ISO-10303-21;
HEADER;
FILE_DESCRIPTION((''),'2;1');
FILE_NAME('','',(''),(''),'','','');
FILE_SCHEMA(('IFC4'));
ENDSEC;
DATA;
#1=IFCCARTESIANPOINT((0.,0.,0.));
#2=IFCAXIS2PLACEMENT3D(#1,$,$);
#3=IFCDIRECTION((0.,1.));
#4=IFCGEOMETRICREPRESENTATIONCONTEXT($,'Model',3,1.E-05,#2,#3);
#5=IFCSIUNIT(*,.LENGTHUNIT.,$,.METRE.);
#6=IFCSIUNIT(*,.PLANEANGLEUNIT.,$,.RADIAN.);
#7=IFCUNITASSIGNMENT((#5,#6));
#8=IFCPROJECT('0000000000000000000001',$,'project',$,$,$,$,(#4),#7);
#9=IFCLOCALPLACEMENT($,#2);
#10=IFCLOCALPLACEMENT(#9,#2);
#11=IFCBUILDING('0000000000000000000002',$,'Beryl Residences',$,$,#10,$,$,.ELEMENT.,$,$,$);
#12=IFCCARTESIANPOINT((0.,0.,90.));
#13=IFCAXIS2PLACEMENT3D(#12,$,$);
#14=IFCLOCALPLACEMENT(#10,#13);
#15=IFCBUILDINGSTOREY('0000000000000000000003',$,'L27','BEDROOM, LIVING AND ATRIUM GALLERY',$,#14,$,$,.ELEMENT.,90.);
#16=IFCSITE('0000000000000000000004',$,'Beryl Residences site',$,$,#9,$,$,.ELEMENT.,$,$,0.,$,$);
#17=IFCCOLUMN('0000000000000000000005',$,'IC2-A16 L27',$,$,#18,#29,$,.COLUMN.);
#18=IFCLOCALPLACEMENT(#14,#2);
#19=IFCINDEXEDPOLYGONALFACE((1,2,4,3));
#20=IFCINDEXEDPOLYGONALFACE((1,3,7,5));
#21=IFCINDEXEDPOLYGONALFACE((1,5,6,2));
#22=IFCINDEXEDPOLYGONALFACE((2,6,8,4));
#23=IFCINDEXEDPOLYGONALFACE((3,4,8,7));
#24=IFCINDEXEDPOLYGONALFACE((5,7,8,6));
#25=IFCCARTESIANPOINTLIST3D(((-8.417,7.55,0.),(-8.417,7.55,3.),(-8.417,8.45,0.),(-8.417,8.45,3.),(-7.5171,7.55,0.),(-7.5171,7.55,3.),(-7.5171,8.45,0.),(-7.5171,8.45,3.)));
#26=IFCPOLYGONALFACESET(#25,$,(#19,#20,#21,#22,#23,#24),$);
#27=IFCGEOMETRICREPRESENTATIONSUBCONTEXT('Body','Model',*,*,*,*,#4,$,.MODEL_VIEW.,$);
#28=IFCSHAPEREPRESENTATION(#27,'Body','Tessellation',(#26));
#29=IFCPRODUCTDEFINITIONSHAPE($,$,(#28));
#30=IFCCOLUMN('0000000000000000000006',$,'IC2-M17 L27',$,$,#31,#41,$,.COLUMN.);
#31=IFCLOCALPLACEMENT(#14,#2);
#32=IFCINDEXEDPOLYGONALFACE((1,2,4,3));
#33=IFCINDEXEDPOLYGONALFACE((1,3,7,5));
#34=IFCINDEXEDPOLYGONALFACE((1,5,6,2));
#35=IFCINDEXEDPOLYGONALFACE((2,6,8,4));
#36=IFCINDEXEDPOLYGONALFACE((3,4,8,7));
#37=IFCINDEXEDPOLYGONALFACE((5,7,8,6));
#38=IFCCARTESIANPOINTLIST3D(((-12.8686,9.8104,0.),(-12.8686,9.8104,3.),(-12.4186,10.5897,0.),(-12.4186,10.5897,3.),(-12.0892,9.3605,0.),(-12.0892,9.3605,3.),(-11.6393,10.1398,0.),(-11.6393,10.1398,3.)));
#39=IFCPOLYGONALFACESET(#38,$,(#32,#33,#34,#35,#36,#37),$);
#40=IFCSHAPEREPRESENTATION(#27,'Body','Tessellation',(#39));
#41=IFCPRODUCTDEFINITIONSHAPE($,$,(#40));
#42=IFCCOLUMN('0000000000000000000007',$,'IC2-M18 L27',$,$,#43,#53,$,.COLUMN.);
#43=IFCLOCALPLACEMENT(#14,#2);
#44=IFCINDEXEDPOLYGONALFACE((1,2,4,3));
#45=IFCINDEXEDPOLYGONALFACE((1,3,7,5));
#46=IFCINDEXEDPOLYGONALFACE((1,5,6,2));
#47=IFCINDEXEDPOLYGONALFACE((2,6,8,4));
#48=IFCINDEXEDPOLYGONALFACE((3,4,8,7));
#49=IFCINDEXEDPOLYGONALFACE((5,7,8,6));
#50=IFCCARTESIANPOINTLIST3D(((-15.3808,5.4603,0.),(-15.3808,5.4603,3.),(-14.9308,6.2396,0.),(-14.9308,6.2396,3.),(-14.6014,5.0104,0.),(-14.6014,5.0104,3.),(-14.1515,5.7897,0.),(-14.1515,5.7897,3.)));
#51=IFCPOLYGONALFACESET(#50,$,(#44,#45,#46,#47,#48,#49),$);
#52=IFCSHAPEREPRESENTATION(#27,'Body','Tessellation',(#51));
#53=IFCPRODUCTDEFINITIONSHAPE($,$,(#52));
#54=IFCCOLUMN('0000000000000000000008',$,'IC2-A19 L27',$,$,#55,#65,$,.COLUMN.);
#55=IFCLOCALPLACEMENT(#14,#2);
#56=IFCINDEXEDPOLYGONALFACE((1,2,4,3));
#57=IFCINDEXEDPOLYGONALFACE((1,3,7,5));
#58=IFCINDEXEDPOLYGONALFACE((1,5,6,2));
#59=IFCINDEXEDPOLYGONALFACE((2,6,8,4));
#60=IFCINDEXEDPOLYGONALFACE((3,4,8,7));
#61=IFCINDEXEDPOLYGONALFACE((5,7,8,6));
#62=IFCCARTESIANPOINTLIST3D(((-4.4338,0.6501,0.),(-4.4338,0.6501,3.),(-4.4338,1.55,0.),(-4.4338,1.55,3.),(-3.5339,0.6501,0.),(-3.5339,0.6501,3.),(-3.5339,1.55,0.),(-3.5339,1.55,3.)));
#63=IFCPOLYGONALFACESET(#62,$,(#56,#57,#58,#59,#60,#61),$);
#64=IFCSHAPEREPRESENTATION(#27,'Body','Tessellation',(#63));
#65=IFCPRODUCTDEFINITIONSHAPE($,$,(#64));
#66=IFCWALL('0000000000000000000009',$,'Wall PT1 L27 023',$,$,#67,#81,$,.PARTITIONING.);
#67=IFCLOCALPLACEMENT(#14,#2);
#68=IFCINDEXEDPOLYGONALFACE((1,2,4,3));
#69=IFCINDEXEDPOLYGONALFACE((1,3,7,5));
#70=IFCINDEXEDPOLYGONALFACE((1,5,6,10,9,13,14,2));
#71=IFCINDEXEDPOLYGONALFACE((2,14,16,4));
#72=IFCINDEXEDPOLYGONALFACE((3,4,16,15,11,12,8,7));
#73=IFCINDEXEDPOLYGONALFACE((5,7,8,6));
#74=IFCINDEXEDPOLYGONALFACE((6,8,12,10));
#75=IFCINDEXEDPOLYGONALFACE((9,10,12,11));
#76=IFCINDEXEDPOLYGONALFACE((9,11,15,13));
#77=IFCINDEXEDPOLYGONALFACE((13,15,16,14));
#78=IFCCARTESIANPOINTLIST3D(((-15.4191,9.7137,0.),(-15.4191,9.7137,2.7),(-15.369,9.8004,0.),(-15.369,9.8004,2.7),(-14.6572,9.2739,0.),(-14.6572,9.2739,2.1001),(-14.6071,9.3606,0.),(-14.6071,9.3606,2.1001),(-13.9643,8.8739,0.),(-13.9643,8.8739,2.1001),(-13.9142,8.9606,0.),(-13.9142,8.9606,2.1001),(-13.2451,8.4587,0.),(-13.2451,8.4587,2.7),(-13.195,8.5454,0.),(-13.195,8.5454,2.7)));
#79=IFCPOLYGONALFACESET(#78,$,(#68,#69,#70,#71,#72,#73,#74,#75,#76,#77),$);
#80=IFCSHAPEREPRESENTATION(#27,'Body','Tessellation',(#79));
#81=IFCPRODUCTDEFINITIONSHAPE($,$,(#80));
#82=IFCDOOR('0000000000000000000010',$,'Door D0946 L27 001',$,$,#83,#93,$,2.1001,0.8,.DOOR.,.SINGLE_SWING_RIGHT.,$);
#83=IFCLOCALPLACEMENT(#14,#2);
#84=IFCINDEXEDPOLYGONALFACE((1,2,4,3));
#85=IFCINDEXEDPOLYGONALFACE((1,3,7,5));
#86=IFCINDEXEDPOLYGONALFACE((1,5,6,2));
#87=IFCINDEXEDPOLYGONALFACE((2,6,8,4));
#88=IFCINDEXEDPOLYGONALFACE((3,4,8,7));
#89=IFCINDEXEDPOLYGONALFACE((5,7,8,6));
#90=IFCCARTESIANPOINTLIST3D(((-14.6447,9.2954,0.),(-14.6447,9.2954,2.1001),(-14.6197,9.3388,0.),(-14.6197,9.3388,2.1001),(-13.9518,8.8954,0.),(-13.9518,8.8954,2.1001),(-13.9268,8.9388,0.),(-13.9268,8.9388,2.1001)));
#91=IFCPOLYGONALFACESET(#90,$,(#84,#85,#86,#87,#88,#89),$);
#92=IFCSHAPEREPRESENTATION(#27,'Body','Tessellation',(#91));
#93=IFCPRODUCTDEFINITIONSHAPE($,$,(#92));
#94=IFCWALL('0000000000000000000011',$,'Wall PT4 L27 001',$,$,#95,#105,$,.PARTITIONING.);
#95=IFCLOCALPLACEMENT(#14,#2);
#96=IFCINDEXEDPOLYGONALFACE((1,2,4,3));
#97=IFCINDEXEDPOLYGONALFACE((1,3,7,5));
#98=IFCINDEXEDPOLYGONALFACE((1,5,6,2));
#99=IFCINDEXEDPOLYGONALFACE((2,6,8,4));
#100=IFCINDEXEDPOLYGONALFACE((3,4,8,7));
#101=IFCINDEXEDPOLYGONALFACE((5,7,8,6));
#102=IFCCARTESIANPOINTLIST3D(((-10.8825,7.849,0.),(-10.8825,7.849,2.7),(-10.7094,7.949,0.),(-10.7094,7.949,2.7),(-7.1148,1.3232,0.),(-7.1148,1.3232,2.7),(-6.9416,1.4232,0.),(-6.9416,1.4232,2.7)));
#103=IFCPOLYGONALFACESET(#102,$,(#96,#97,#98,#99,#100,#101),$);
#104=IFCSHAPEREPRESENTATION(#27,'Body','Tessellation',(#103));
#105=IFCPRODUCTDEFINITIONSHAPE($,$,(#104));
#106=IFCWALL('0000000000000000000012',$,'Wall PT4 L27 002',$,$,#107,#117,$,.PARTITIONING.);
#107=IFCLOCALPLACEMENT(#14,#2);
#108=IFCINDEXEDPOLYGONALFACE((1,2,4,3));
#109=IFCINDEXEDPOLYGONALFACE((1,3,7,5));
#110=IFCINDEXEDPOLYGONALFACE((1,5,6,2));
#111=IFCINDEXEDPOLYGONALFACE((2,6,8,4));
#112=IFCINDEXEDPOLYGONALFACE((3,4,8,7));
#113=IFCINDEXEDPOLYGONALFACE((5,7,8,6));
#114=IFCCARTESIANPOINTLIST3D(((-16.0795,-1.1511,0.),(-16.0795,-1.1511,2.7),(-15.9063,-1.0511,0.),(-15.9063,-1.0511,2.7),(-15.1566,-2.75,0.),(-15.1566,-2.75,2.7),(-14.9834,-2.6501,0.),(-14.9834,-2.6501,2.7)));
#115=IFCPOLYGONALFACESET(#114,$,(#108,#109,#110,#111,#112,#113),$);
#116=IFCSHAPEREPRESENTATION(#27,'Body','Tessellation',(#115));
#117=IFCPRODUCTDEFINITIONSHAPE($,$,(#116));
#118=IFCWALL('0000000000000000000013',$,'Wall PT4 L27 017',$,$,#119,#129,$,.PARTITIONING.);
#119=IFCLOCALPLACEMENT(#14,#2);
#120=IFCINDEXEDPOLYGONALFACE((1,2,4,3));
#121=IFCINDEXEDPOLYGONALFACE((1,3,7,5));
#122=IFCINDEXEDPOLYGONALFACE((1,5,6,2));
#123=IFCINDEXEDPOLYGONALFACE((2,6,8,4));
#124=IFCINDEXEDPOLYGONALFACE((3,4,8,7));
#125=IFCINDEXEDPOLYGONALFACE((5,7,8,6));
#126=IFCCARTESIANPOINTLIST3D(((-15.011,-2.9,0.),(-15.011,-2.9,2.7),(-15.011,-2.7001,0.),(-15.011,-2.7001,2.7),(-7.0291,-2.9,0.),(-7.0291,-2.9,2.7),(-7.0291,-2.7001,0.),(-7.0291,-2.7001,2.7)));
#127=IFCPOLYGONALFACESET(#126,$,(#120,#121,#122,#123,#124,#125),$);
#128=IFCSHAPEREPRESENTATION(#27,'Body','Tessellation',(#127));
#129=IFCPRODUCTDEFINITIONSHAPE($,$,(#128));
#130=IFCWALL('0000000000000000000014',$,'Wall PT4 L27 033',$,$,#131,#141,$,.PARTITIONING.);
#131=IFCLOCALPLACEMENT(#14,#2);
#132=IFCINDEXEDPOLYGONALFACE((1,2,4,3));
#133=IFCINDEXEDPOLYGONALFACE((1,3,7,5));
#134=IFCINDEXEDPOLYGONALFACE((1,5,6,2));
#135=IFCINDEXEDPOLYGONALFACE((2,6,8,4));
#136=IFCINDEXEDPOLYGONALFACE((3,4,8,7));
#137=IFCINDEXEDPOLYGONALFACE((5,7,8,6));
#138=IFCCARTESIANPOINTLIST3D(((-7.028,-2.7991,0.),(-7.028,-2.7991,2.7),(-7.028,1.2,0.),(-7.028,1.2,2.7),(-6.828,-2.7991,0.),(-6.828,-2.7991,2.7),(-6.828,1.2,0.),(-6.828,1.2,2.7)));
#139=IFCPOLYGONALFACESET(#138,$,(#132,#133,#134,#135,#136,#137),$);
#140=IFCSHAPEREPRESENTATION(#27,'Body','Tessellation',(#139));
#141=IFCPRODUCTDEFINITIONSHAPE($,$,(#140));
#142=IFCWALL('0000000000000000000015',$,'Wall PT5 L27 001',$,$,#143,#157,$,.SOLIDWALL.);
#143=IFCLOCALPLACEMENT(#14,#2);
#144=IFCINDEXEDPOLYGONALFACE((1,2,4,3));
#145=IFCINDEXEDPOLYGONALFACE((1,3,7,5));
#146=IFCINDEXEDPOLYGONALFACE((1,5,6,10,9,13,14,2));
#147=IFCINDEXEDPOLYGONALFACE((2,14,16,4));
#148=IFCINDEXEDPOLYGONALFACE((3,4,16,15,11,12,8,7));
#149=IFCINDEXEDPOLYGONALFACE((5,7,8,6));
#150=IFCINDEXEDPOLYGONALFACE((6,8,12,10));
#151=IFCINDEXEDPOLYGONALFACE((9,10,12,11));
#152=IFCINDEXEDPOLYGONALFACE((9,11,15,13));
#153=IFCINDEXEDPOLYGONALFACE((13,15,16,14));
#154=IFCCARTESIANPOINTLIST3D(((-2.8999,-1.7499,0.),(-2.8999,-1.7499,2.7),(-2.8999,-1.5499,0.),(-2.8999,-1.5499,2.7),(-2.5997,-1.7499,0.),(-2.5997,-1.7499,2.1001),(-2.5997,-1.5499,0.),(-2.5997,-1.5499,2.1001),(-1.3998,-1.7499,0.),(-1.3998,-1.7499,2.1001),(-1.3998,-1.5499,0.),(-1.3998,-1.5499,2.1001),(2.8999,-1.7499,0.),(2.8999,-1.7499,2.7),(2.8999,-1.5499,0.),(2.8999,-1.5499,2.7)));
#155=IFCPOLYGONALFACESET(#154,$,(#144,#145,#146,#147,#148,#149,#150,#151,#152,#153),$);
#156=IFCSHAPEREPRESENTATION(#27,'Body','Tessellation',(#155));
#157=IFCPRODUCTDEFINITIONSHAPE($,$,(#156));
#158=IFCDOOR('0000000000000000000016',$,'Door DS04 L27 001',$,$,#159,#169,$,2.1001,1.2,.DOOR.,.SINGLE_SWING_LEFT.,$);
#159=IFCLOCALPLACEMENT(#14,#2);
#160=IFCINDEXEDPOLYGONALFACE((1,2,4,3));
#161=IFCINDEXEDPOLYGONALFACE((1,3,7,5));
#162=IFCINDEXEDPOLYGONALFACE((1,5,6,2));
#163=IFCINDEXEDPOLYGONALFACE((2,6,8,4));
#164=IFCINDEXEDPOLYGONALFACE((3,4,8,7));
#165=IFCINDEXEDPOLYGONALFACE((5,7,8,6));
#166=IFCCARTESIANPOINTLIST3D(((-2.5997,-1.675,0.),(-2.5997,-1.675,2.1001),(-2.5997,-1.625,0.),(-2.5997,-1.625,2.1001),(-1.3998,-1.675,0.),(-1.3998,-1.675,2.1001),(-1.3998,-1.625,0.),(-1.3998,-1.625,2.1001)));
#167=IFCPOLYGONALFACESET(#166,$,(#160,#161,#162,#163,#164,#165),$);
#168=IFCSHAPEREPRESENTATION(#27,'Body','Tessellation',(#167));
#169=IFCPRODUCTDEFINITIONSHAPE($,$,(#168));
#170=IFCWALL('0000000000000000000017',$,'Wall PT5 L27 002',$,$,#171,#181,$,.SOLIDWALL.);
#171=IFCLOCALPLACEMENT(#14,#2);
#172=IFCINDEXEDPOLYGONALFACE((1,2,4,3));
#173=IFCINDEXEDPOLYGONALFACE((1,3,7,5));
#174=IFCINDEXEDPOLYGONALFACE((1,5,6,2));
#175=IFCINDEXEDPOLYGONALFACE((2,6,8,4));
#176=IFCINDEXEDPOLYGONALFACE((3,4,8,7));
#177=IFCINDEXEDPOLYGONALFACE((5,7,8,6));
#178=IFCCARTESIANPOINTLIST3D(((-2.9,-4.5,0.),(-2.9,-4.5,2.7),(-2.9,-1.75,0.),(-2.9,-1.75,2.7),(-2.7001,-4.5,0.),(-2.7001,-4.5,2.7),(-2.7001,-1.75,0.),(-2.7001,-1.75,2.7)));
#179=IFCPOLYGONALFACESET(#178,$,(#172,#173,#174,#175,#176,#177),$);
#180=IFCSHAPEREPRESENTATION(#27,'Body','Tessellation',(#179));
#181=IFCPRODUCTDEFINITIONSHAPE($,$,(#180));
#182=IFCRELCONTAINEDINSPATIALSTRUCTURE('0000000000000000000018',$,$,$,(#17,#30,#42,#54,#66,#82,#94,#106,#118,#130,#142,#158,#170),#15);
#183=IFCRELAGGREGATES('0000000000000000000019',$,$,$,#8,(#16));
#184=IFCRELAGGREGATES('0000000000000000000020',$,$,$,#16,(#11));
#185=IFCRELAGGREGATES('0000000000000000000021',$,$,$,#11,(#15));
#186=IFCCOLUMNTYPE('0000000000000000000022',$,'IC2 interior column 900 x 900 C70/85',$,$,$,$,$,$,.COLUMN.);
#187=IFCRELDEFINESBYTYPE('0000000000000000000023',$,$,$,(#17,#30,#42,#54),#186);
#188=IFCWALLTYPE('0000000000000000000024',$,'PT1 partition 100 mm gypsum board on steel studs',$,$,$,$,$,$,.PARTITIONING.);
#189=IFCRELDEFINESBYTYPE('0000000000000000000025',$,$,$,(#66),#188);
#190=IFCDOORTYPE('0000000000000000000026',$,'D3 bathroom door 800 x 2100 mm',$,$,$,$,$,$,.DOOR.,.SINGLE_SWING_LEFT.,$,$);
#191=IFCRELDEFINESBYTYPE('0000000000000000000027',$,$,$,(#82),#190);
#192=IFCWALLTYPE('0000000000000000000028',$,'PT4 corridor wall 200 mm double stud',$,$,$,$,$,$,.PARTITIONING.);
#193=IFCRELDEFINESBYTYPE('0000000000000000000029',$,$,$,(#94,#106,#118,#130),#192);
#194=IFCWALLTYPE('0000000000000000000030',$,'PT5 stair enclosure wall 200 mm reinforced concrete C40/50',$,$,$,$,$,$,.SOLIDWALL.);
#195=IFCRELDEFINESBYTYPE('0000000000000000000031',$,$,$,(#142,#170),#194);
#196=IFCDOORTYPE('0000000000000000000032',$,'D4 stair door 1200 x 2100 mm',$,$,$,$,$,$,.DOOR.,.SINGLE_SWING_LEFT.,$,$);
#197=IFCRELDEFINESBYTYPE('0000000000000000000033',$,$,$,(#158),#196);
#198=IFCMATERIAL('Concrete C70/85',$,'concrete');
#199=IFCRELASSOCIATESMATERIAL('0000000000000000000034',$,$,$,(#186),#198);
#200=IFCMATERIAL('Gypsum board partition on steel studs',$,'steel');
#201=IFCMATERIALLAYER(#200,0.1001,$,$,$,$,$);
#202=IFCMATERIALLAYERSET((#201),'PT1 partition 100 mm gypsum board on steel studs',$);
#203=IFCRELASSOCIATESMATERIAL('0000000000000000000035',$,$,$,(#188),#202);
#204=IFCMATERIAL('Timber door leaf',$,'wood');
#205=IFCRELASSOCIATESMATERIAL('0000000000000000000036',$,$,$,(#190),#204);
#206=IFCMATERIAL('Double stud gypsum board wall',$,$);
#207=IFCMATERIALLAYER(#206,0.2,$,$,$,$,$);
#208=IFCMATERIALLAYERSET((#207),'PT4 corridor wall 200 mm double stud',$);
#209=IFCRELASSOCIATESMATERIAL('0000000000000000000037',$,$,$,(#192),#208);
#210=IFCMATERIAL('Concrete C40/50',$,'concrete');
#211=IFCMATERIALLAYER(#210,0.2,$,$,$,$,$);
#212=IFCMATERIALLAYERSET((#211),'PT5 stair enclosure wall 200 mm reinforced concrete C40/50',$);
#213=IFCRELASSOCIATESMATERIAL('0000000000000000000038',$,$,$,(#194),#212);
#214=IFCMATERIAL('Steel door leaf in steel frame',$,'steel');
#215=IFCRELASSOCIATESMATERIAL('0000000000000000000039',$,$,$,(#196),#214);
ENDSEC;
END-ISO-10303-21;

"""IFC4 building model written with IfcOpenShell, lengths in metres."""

from ifc_helpers import new_model, si_unit, direction, frame, frame_2d, origin, origin_2d, place, context, subcontext, project, spatial, rectangle, extrude, material, layer, layer_set, material_profile, profile_set, type_object, element, fill, save


model = new_model("IFC4")

# Units and contexts
model_context = context("Model", 3, precision=1e-05, world=origin(), true_north=direction((0.0, 1.0)))
body_context = subcontext(model_context, "Body", "Model", "MODEL_VIEW")
ifc_project = project(units=[si_unit("LENGTHUNIT", "METRE"), si_unit("PLANEANGLEUNIT", "RADIAN")], contexts=[model_context])

# Site, building, storey
site_placement = place(None, origin())
site = spatial("IfcSite", under=ifc_project, at=site_placement, Name="Beryl Residences site", CompositionType="ELEMENT", RefElevation=0.0)
building_placement = place(site_placement, origin())
building = spatial("IfcBuilding", under=site, at=building_placement, Name="Beryl Residences", CompositionType="ELEMENT")
storey_placement = place(building_placement, frame((0.0, 0.0, 90.0)))
storey = spatial("IfcBuildingStorey", under=building, at=storey_placement, Name="L27", Description="BEDROOM, LIVING AND ATRIUM GALLERY", CompositionType="ELEMENT", Elevation=90.0)

# Columns
ifc_material_1 = material(Name="Concrete C70/85", Category="concrete")
ifc_material_profile = material_profile(ifc_material_1, rectangle(XDim=0.8999, YDim=0.8999, at=origin_2d()))
ifc_profile_set = profile_set([ifc_material_profile], Name="Concrete C70/85")
column_type = type_object("IfcColumnType", Name="IC2 interior column 900 x 900 C70/85", PredefinedType="COLUMN", material=ifc_profile_set)
for number, where, z_axis, x_axis, name in (
    (1, (-7.967, 8.0, 0.0), (0.0, 0.0, 1.0), (1.0, 0.0, 0.0), "IC2-A16 L27"),
    (2, (-12.2539, 9.9751, 0.0), (0.0, 0.0, 1.0), (-0.5, -0.866025, 0.0), "IC2-M17 L27"),
    (3, (-14.7661, 5.625, 0.0), (0.0, 0.0, 1.0), (-0.5, -0.866025, 0.0), "IC2-M18 L27"),
    (4, (-3.9839, 1.1001, 0.0), (0.0, 0.0, 1.0), (1.0, 0.0, 0.0), "IC2-A19 L27"),
):
    element("IfcColumn", number, at=place(storey_placement, frame(where, z_axis=z_axis, x_axis=x_axis)), inside=storey, type_object=column_type, Name=name, PredefinedType="COLUMN", context=body_context, shape_type="SweptSolid", body=[
        extrude(rectangle(XDim=0.8999, YDim=0.8999, at=origin_2d()), origin(), (0.0, 0.0, 1.0), 3.0),
    ])

# Wall, opening, door
ifc_material_2 = material(Name="Gypsum board partition on steel studs", Category="steel")
ifc_layer_1 = layer(ifc_material_2, 0.1001)
ifc_layer_set_1 = layer_set([ifc_layer_1], Name="PT1 partition 100 mm gypsum board on steel studs")
wall_type_1 = type_object("IfcWallType", Name="PT1 partition 100 mm gypsum board on steel studs", PredefinedType="PARTITIONING", material=ifc_layer_set_1)
wall_1_placement = place(storey_placement, frame((-15.394, 9.7571, 0.0), z_axis=(0.0, 0.0, 1.0), x_axis=(0.866038, -0.499978, 0.0)))
wall_1 = element("IfcWall", 5, at=wall_1_placement, inside=storey, type_object=wall_type_1, Name="Wall PT1 L27 023", PredefinedType="PARTITIONING", context=body_context, shape_type="SweptSolid", body=[
    extrude(rectangle(XDim=2.5103, YDim=0.1001, at=frame_2d((1.2551, 0.0))), origin(), (0.0, 0.0, 1.0), 2.7),
])
opening_1_placement = place(wall_1_placement, frame((0.8799, 0.0, 0.0)))
opening_1 = element("IfcOpeningElement", 6, at=opening_1_placement, cuts=wall_1, PredefinedType="OPENING", context=body_context, shape_type="SweptSolid", body=[
    extrude(rectangle(XDim=0.8, YDim=2.1001, at=frame_2d((0.3999, 1.05))), frame((0.0, 0.0601, 0.0), z_axis=(0.0, -1.0, 0.0), x_axis=(1.0, 0.0, 0.0)), (0.0, 0.0, 1.0), 0.1201),
])
ifc_material_3 = material(Name="Timber door leaf", Category="wood")
door_type_1 = type_object("IfcDoorType", Name="D3 bathroom door 800 x 2100 mm", OperationType="SINGLE_SWING_LEFT", PredefinedType="DOOR", material=ifc_material_3)
door_1_placement = place(opening_1_placement, origin())
door_1 = element("IfcDoor", 7, at=door_1_placement, inside=storey, type_object=door_type_1, Name="Door D0946 L27 001", OperationType="SINGLE_SWING_RIGHT", OverallHeight=2.1001, OverallWidth=0.8, PredefinedType="DOOR", context=body_context, shape_type="SweptSolid", body=[
    extrude(rectangle(XDim=0.8, YDim=2.1001, at=frame_2d((0.3999, 1.05))), frame((0.0, 0.0249, 0.0), z_axis=(0.0, -1.0, 0.0), x_axis=(1.0, 0.0, 0.0)), (0.0, 0.0, 1.0), 0.05),
])
fill(opening_1, door_1)

# Walls
ifc_material_4 = material(Name="Double stud gypsum board wall")
ifc_layer_2 = layer(ifc_material_4, 0.2)
ifc_layer_set_2 = layer_set([ifc_layer_2], Name="PT4 corridor wall 200 mm double stud")
wall_type_2 = type_object("IfcWallType", Name="PT4 corridor wall 200 mm double stud", PredefinedType="PARTITIONING", material=ifc_layer_set_2)
wall_2_placement = place(storey_placement, frame((-10.7959, 7.8989, 0.0), z_axis=(0.0, 0.0, 1.0), x_axis=(0.50001, -0.866019, 0.0)))
element("IfcWall", 8, at=wall_2_placement, inside=storey, type_object=wall_type_2, Name="Wall PT4 L27 001", PredefinedType="PARTITIONING", context=body_context, shape_type="SweptSolid", body=[
    extrude(rectangle(XDim=7.5354, YDim=0.2, at=frame_2d((3.7676, 0.0))), origin(), (0.0, 0.0, 1.0), 2.7),
])
wall_3_placement = place(storey_placement, frame((-15.9929, -1.1011, 0.0), z_axis=(0.0, 0.0, 1.0), x_axis=(0.499894, -0.866086, 0.0)))
element("IfcWall", 9, at=wall_3_placement, inside=storey, type_object=wall_type_2, Name="Wall PT4 L27 002", PredefinedType="PARTITIONING", context=body_context, shape_type="SweptSolid", body=[
    extrude(rectangle(XDim=1.8462, YDim=0.2, at=frame_2d((0.9231, 0.0))), origin(), (0.0, 0.0, 1.0), 2.7),
])
wall_4_placement = place(storey_placement, frame((-15.011, -2.8, 0.0), z_axis=(0.0, 0.0, 1.0), x_axis=(1.0, 0.0, 0.0)))
element("IfcWall", 10, at=wall_4_placement, inside=storey, type_object=wall_type_2, Name="Wall PT4 L27 017", PredefinedType="PARTITIONING", context=body_context, shape_type="SweptSolid", body=[
    extrude(rectangle(XDim=7.9819, YDim=0.2, at=frame_2d((3.991, 0.0))), origin(), (0.0, 0.0, 1.0), 2.7),
])
wall_5_placement = place(storey_placement, frame((-6.928, -2.7991, 0.0), z_axis=(0.0, 0.0, 1.0), x_axis=(0.0, 1.0, 0.0)))
element("IfcWall", 11, at=wall_5_placement, inside=storey, type_object=wall_type_2, Name="Wall PT4 L27 033", PredefinedType="PARTITIONING", context=body_context, shape_type="SweptSolid", body=[
    extrude(rectangle(XDim=3.999, YDim=0.2, at=frame_2d((1.9995, 0.0))), origin(), (0.0, 0.0, 1.0), 2.7),
])

# Wall, opening, door
ifc_material_5 = material(Name="Concrete C40/50", Category="concrete")
ifc_layer_3 = layer(ifc_material_5, 0.2)
ifc_layer_set_3 = layer_set([ifc_layer_3], Name="PT5 stair enclosure wall 200 mm reinforced concrete C40/50")
wall_type_3 = type_object("IfcWallType", Name="PT5 stair enclosure wall 200 mm reinforced concrete C40/50", PredefinedType="SOLIDWALL", material=ifc_layer_set_3)
wall_6_placement = place(storey_placement, frame((-2.8999, -1.6499, 0.0), z_axis=(0.0, 0.0, 1.0), x_axis=(1.0, 0.0, 0.0)))
wall_6 = element("IfcWall", 12, at=wall_6_placement, inside=storey, type_object=wall_type_3, Name="Wall PT5 L27 001", PredefinedType="SOLIDWALL", context=body_context, shape_type="SweptSolid", body=[
    extrude(rectangle(XDim=5.7998, YDim=0.2, at=frame_2d((2.8999, 0.0))), origin(), (0.0, 0.0, 1.0), 2.7),
])
opening_2_placement = place(wall_6_placement, frame((0.3, 0.0, 0.0)))
opening_2 = element("IfcOpeningElement", 13, at=opening_2_placement, cuts=wall_6, PredefinedType="OPENING", context=body_context, shape_type="SweptSolid", body=[
    extrude(rectangle(XDim=1.2, YDim=2.1001, at=frame_2d((0.6001, 1.05))), frame((0.0, 0.1099, 0.0), z_axis=(0.0, -1.0, 0.0), x_axis=(1.0, 0.0, 0.0)), (0.0, 0.0, 1.0), 0.22),
])
ifc_material_6 = material(Name="Steel door leaf in steel frame", Category="steel")
door_type_2 = type_object("IfcDoorType", Name="D4 stair door 1200 x 2100 mm", OperationType="SINGLE_SWING_LEFT", PredefinedType="DOOR", material=ifc_material_6)
door_2_placement = place(opening_2_placement, origin())
door_2 = element("IfcDoor", 14, at=door_2_placement, inside=storey, type_object=door_type_2, Name="Door DS04 L27 001", OperationType="SINGLE_SWING_LEFT", OverallHeight=2.1001, OverallWidth=1.2, PredefinedType="DOOR", context=body_context, shape_type="SweptSolid", body=[
    extrude(rectangle(XDim=1.2, YDim=2.1001, at=frame_2d((0.6001, 1.05))), frame((0.0, 0.0249, 0.0), z_axis=(0.0, -1.0, 0.0), x_axis=(1.0, 0.0, 0.0)), (0.0, 0.0, 1.0), 0.05),
])
fill(opening_2, door_2)

# Wall
wall_7_placement = place(storey_placement, frame((-2.8, -4.5, 0.0), z_axis=(0.0, 0.0, 1.0), x_axis=(0.0, 1.0, 0.0)))
element("IfcWall", 15, at=wall_7_placement, inside=storey, type_object=wall_type_3, Name="Wall PT5 L27 002", PredefinedType="SOLIDWALL", context=body_context, shape_type="SweptSolid", body=[
    extrude(rectangle(XDim=2.75, YDim=0.2, at=frame_2d((1.375, 0.0))), origin(), (0.0, 0.0, 1.0), 2.7),
])

save(model, "model.ifc")
